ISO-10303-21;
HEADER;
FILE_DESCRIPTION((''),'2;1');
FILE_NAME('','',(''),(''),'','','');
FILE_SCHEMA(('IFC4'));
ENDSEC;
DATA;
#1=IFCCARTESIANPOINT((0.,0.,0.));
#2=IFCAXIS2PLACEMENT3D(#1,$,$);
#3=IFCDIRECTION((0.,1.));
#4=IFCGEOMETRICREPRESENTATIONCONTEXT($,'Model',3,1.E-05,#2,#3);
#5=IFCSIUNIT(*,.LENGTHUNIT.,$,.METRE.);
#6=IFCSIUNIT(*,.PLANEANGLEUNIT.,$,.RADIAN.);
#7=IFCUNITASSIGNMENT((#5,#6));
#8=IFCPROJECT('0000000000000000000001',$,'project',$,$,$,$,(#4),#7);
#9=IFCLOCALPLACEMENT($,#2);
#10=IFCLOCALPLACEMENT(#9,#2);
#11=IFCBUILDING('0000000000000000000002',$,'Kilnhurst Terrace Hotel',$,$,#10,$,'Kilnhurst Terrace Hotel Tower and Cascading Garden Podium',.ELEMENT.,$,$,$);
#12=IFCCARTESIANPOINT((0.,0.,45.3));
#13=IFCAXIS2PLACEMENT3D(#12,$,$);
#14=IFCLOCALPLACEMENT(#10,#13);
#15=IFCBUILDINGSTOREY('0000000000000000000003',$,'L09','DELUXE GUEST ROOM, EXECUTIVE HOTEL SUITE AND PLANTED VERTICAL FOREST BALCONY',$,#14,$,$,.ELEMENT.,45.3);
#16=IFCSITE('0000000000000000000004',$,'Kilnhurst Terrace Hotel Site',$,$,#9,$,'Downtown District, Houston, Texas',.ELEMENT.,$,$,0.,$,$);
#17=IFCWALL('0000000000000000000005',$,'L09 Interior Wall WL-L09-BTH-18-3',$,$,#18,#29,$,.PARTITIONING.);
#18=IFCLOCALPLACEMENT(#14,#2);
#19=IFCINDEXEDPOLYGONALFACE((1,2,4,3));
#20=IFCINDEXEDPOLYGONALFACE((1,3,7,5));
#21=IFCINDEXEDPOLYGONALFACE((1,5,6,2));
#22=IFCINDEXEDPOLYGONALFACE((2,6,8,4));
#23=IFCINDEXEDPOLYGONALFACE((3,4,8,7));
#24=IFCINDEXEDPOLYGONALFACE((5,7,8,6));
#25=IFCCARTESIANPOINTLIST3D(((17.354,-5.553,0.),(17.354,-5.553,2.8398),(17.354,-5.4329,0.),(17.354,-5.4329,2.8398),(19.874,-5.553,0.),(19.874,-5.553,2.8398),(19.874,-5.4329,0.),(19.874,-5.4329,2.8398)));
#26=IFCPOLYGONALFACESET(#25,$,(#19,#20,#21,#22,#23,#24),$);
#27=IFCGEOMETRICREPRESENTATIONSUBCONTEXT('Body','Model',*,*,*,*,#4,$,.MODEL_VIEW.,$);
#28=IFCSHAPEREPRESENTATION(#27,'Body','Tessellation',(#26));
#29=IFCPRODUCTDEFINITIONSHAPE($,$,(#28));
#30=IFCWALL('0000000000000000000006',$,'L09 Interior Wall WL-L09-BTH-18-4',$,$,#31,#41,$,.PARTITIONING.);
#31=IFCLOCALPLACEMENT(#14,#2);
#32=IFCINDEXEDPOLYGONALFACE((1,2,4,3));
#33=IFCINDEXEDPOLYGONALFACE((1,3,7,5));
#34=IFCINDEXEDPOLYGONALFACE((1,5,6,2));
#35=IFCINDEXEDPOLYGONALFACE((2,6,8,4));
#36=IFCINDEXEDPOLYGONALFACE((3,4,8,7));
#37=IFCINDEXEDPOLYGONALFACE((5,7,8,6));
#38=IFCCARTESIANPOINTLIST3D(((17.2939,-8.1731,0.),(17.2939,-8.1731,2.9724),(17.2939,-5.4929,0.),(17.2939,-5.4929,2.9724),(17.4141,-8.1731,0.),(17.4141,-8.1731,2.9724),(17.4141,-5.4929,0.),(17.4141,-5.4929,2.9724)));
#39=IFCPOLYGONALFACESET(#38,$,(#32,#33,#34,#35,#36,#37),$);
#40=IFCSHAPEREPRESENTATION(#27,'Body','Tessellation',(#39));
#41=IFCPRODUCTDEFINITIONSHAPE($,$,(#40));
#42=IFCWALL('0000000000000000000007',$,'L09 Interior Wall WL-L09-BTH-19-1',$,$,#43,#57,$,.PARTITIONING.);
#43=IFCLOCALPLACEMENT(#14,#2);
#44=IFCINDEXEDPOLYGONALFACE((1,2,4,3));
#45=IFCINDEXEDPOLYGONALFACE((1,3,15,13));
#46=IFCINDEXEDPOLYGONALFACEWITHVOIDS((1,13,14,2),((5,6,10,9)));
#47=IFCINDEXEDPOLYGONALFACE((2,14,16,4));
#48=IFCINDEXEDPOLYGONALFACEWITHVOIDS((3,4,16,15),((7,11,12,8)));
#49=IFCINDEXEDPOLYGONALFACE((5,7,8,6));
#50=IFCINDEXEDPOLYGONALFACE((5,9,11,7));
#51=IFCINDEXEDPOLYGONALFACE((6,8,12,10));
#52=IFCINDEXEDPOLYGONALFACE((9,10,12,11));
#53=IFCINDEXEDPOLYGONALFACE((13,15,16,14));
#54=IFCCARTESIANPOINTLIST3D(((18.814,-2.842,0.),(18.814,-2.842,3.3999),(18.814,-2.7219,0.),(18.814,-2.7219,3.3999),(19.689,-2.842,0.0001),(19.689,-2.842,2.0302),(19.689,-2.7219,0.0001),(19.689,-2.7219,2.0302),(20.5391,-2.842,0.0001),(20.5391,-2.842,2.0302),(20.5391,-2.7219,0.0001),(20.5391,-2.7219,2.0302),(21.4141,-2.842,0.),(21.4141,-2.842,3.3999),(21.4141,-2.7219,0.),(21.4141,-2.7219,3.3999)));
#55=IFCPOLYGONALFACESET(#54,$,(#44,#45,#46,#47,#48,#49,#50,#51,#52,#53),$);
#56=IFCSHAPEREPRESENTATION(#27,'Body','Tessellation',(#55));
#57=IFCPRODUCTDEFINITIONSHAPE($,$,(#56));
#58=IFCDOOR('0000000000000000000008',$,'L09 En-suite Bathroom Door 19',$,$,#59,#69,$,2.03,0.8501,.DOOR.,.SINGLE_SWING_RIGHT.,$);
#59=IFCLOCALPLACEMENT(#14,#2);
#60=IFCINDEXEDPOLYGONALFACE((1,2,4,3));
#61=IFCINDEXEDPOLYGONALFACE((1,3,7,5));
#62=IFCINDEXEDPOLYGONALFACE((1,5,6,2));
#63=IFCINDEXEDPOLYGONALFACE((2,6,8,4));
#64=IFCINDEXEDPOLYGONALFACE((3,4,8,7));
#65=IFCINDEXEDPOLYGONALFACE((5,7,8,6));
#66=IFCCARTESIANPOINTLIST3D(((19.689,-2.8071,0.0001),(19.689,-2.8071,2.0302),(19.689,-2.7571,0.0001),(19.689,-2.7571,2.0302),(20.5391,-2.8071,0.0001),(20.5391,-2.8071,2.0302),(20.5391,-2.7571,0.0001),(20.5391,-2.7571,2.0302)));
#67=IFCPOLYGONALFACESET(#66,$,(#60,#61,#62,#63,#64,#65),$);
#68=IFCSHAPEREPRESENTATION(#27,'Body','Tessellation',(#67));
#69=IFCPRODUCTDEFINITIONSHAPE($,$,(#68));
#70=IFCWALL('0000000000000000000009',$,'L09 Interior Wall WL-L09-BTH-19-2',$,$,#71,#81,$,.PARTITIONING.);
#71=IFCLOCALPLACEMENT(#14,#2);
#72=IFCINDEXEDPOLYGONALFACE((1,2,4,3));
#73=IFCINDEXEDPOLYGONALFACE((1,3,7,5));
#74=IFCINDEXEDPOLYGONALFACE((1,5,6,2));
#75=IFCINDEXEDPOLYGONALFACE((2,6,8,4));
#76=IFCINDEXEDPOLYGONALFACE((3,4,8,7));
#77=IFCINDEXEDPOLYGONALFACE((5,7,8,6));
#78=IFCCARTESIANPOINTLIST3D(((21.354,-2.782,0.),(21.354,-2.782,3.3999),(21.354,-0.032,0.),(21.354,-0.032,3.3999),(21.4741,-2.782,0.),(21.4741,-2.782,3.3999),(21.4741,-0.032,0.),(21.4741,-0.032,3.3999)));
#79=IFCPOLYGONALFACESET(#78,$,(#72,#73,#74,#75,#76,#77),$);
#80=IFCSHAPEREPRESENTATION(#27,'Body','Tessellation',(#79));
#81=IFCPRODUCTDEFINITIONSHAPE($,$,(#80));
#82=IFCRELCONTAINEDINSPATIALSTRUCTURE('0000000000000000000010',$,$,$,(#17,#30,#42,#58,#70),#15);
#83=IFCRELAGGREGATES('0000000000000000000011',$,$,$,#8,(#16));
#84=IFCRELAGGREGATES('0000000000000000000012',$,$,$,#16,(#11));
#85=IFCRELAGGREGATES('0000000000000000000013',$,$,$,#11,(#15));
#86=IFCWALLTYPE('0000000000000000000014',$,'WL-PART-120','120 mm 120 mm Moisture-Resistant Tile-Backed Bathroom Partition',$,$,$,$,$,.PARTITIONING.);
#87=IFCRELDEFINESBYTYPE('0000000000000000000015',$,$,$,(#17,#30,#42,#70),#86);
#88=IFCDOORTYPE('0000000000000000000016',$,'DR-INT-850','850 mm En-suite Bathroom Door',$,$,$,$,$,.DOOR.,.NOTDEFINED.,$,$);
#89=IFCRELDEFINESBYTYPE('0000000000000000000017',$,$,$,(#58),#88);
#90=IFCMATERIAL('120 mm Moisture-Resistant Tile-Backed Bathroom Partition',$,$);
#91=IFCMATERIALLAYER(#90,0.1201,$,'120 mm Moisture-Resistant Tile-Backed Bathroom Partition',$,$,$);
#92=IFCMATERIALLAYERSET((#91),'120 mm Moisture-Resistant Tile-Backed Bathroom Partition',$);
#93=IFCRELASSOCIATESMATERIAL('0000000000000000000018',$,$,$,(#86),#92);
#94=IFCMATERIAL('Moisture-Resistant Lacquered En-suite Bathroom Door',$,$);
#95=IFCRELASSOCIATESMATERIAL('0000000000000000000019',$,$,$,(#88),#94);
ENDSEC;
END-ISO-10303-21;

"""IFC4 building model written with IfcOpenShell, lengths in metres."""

from ifc_helpers import new_model, si_unit, direction, frame, frame_2d, origin, place, context, subcontext, project, spatial, rectangle, extrude, material, layer, layer_set, type_object, element, fill, save


model = new_model("IFC4")

# Units and contexts
model_context = context("Model", 3, precision=1e-05, world=origin(), true_north=direction((0.0, 1.0)))
body_context = subcontext(model_context, "Body", "Model", "MODEL_VIEW")
ifc_project = project(units=[si_unit("LENGTHUNIT", "METRE"), si_unit("PLANEANGLEUNIT", "RADIAN")], contexts=[model_context])

# Site, building, storey
site_placement = place(None, origin())
site = spatial("IfcSite", under=ifc_project, at=site_placement, Name="Kilnhurst Terrace Hotel Site", LongName="Downtown District, Houston, Texas", CompositionType="ELEMENT", RefElevation=0.0)
building_placement = place(site_placement, origin())
building = spatial("IfcBuilding", under=site, at=building_placement, Name="Kilnhurst Terrace Hotel", LongName="Kilnhurst Terrace Hotel Tower and Cascading Garden Podium", CompositionType="ELEMENT")
storey_placement = place(building_placement, frame((0.0, 0.0, 45.3)))
storey = spatial("IfcBuildingStorey", under=building, at=storey_placement, Name="L09", Description="DELUXE GUEST ROOM, EXECUTIVE HOTEL SUITE AND PLANTED VERTICAL FOREST BALCONY", CompositionType="ELEMENT", Elevation=45.3)

# Shared definitions
ifc_material_1 = material(Name="120 mm Moisture-Resistant Tile-Backed Bathroom Partition")
ifc_layer_1 = layer(ifc_material_1, 0.1201, Name="120 mm Moisture-Resistant Tile-Backed Bathroom Partition")
ifc_layer_set_1 = layer_set([ifc_layer_1], Name="120 mm Moisture-Resistant Tile-Backed Bathroom Partition")
wall_type_1 = type_object("IfcWallType", Name="WL-PART-120", Description="120 mm 120 mm Moisture-Resistant Tile-Backed Bathroom Partition", PredefinedType="PARTITIONING", material=ifc_layer_set_1)
ifc_material_2 = material(Name="Moisture-Resistant Lacquered En-suite Bathroom Door")
door_type_1 = type_object("IfcDoorType", Name="DR-INT-850", Description="850 mm En-suite Bathroom Door", OperationType="NOTDEFINED", PredefinedType="DOOR", material=ifc_material_2)

# Walls
wall_1_placement = place(storey_placement, frame((19.874, -5.4929, 0.0), z_axis=(0.0, 0.0, 1.0), x_axis=(-1.0, 0.0, 0.0)))
element("IfcWall", 1, at=wall_1_placement, inside=storey, type_object=wall_type_1, Name="L09 Interior Wall WL-L09-BTH-18-3", PredefinedType="PARTITIONING", context=body_context, shape_type="SweptSolid", body=[
    extrude(rectangle(XDim=2.52, YDim=0.1201, at=frame_2d((1.26, 0.0))), origin(), (0.0, 0.0, 1.0), 2.8398),
])
wall_2_placement = place(storey_placement, frame((17.354, -5.4929, 0.0), z_axis=(0.0, 0.0, 1.0), x_axis=(0.0, -1.0, 0.0)))
element("IfcWall", 2, at=wall_2_placement, inside=storey, type_object=wall_type_1, Name="L09 Interior Wall WL-L09-BTH-18-4", PredefinedType="PARTITIONING", context=body_context, shape_type="SweptSolid", body=[
    extrude(rectangle(XDim=2.6802, YDim=0.1201, at=frame_2d((1.3401, 0.0))), origin(), (0.0, 0.0, 1.0), 2.9724),
])

# Wall, opening, door
wall_3_placement = place(storey_placement, frame((18.814, -2.782, 0.0), z_axis=(0.0, 0.0, 1.0), x_axis=(1.0, 0.0, 0.0)))
wall_3 = element("IfcWall", 3, at=wall_3_placement, inside=storey, type_object=wall_type_1, Name="L09 Interior Wall WL-L09-BTH-19-1", PredefinedType="PARTITIONING", context=body_context, shape_type="SweptSolid", body=[
    extrude(rectangle(XDim=2.6001, YDim=0.1201, at=frame_2d((1.3, 0.0))), origin(), (0.0, 0.0, 1.0), 3.3999),
])
opening_1_placement = place(wall_3_placement, frame((0.875, 0.0, 0.0)))
opening_1 = element("IfcOpeningElement", 4, at=opening_1_placement, cuts=wall_3, PredefinedType="OPENING", context=body_context, shape_type="SweptSolid", body=[
    extrude(rectangle(XDim=0.8501, YDim=2.03, at=frame_2d((0.425, 1.0151))), frame((0.0, 0.0701, 0.0), z_axis=(0.0, -1.0, 0.0), x_axis=(1.0, 0.0, 0.0)), (0.0, 0.0, 1.0), 0.1401),
])
door_1_placement = place(opening_1_placement, origin())
door_1 = element("IfcDoor", 5, at=door_1_placement, inside=storey, type_object=door_type_1, Name="L09 En-suite Bathroom Door 19", OperationType="SINGLE_SWING_RIGHT", OverallHeight=2.03, OverallWidth=0.8501, PredefinedType="DOOR", context=body_context, shape_type="SweptSolid", body=[
    extrude(rectangle(XDim=0.8501, YDim=2.03, at=frame_2d((0.425, 1.0151))), frame((0.0, 0.0249, 0.0), z_axis=(0.0, -1.0, 0.0), x_axis=(1.0, 0.0, 0.0)), (0.0, 0.0, 1.0), 0.05),
])
fill(opening_1, door_1)

# Wall
wall_4_placement = place(storey_placement, frame((21.4141, -2.782, 0.0), z_axis=(0.0, 0.0, 1.0), x_axis=(0.0, 1.0, 0.0)))
element("IfcWall", 6, at=wall_4_placement, inside=storey, type_object=wall_type_1, Name="L09 Interior Wall WL-L09-BTH-19-2", PredefinedType="PARTITIONING", context=body_context, shape_type="SweptSolid", body=[
    extrude(rectangle(XDim=2.75, YDim=0.1201, at=frame_2d((1.375, 0.0))), origin(), (0.0, 0.0, 1.0), 3.3999),
])

save(model, "model.ifc")
